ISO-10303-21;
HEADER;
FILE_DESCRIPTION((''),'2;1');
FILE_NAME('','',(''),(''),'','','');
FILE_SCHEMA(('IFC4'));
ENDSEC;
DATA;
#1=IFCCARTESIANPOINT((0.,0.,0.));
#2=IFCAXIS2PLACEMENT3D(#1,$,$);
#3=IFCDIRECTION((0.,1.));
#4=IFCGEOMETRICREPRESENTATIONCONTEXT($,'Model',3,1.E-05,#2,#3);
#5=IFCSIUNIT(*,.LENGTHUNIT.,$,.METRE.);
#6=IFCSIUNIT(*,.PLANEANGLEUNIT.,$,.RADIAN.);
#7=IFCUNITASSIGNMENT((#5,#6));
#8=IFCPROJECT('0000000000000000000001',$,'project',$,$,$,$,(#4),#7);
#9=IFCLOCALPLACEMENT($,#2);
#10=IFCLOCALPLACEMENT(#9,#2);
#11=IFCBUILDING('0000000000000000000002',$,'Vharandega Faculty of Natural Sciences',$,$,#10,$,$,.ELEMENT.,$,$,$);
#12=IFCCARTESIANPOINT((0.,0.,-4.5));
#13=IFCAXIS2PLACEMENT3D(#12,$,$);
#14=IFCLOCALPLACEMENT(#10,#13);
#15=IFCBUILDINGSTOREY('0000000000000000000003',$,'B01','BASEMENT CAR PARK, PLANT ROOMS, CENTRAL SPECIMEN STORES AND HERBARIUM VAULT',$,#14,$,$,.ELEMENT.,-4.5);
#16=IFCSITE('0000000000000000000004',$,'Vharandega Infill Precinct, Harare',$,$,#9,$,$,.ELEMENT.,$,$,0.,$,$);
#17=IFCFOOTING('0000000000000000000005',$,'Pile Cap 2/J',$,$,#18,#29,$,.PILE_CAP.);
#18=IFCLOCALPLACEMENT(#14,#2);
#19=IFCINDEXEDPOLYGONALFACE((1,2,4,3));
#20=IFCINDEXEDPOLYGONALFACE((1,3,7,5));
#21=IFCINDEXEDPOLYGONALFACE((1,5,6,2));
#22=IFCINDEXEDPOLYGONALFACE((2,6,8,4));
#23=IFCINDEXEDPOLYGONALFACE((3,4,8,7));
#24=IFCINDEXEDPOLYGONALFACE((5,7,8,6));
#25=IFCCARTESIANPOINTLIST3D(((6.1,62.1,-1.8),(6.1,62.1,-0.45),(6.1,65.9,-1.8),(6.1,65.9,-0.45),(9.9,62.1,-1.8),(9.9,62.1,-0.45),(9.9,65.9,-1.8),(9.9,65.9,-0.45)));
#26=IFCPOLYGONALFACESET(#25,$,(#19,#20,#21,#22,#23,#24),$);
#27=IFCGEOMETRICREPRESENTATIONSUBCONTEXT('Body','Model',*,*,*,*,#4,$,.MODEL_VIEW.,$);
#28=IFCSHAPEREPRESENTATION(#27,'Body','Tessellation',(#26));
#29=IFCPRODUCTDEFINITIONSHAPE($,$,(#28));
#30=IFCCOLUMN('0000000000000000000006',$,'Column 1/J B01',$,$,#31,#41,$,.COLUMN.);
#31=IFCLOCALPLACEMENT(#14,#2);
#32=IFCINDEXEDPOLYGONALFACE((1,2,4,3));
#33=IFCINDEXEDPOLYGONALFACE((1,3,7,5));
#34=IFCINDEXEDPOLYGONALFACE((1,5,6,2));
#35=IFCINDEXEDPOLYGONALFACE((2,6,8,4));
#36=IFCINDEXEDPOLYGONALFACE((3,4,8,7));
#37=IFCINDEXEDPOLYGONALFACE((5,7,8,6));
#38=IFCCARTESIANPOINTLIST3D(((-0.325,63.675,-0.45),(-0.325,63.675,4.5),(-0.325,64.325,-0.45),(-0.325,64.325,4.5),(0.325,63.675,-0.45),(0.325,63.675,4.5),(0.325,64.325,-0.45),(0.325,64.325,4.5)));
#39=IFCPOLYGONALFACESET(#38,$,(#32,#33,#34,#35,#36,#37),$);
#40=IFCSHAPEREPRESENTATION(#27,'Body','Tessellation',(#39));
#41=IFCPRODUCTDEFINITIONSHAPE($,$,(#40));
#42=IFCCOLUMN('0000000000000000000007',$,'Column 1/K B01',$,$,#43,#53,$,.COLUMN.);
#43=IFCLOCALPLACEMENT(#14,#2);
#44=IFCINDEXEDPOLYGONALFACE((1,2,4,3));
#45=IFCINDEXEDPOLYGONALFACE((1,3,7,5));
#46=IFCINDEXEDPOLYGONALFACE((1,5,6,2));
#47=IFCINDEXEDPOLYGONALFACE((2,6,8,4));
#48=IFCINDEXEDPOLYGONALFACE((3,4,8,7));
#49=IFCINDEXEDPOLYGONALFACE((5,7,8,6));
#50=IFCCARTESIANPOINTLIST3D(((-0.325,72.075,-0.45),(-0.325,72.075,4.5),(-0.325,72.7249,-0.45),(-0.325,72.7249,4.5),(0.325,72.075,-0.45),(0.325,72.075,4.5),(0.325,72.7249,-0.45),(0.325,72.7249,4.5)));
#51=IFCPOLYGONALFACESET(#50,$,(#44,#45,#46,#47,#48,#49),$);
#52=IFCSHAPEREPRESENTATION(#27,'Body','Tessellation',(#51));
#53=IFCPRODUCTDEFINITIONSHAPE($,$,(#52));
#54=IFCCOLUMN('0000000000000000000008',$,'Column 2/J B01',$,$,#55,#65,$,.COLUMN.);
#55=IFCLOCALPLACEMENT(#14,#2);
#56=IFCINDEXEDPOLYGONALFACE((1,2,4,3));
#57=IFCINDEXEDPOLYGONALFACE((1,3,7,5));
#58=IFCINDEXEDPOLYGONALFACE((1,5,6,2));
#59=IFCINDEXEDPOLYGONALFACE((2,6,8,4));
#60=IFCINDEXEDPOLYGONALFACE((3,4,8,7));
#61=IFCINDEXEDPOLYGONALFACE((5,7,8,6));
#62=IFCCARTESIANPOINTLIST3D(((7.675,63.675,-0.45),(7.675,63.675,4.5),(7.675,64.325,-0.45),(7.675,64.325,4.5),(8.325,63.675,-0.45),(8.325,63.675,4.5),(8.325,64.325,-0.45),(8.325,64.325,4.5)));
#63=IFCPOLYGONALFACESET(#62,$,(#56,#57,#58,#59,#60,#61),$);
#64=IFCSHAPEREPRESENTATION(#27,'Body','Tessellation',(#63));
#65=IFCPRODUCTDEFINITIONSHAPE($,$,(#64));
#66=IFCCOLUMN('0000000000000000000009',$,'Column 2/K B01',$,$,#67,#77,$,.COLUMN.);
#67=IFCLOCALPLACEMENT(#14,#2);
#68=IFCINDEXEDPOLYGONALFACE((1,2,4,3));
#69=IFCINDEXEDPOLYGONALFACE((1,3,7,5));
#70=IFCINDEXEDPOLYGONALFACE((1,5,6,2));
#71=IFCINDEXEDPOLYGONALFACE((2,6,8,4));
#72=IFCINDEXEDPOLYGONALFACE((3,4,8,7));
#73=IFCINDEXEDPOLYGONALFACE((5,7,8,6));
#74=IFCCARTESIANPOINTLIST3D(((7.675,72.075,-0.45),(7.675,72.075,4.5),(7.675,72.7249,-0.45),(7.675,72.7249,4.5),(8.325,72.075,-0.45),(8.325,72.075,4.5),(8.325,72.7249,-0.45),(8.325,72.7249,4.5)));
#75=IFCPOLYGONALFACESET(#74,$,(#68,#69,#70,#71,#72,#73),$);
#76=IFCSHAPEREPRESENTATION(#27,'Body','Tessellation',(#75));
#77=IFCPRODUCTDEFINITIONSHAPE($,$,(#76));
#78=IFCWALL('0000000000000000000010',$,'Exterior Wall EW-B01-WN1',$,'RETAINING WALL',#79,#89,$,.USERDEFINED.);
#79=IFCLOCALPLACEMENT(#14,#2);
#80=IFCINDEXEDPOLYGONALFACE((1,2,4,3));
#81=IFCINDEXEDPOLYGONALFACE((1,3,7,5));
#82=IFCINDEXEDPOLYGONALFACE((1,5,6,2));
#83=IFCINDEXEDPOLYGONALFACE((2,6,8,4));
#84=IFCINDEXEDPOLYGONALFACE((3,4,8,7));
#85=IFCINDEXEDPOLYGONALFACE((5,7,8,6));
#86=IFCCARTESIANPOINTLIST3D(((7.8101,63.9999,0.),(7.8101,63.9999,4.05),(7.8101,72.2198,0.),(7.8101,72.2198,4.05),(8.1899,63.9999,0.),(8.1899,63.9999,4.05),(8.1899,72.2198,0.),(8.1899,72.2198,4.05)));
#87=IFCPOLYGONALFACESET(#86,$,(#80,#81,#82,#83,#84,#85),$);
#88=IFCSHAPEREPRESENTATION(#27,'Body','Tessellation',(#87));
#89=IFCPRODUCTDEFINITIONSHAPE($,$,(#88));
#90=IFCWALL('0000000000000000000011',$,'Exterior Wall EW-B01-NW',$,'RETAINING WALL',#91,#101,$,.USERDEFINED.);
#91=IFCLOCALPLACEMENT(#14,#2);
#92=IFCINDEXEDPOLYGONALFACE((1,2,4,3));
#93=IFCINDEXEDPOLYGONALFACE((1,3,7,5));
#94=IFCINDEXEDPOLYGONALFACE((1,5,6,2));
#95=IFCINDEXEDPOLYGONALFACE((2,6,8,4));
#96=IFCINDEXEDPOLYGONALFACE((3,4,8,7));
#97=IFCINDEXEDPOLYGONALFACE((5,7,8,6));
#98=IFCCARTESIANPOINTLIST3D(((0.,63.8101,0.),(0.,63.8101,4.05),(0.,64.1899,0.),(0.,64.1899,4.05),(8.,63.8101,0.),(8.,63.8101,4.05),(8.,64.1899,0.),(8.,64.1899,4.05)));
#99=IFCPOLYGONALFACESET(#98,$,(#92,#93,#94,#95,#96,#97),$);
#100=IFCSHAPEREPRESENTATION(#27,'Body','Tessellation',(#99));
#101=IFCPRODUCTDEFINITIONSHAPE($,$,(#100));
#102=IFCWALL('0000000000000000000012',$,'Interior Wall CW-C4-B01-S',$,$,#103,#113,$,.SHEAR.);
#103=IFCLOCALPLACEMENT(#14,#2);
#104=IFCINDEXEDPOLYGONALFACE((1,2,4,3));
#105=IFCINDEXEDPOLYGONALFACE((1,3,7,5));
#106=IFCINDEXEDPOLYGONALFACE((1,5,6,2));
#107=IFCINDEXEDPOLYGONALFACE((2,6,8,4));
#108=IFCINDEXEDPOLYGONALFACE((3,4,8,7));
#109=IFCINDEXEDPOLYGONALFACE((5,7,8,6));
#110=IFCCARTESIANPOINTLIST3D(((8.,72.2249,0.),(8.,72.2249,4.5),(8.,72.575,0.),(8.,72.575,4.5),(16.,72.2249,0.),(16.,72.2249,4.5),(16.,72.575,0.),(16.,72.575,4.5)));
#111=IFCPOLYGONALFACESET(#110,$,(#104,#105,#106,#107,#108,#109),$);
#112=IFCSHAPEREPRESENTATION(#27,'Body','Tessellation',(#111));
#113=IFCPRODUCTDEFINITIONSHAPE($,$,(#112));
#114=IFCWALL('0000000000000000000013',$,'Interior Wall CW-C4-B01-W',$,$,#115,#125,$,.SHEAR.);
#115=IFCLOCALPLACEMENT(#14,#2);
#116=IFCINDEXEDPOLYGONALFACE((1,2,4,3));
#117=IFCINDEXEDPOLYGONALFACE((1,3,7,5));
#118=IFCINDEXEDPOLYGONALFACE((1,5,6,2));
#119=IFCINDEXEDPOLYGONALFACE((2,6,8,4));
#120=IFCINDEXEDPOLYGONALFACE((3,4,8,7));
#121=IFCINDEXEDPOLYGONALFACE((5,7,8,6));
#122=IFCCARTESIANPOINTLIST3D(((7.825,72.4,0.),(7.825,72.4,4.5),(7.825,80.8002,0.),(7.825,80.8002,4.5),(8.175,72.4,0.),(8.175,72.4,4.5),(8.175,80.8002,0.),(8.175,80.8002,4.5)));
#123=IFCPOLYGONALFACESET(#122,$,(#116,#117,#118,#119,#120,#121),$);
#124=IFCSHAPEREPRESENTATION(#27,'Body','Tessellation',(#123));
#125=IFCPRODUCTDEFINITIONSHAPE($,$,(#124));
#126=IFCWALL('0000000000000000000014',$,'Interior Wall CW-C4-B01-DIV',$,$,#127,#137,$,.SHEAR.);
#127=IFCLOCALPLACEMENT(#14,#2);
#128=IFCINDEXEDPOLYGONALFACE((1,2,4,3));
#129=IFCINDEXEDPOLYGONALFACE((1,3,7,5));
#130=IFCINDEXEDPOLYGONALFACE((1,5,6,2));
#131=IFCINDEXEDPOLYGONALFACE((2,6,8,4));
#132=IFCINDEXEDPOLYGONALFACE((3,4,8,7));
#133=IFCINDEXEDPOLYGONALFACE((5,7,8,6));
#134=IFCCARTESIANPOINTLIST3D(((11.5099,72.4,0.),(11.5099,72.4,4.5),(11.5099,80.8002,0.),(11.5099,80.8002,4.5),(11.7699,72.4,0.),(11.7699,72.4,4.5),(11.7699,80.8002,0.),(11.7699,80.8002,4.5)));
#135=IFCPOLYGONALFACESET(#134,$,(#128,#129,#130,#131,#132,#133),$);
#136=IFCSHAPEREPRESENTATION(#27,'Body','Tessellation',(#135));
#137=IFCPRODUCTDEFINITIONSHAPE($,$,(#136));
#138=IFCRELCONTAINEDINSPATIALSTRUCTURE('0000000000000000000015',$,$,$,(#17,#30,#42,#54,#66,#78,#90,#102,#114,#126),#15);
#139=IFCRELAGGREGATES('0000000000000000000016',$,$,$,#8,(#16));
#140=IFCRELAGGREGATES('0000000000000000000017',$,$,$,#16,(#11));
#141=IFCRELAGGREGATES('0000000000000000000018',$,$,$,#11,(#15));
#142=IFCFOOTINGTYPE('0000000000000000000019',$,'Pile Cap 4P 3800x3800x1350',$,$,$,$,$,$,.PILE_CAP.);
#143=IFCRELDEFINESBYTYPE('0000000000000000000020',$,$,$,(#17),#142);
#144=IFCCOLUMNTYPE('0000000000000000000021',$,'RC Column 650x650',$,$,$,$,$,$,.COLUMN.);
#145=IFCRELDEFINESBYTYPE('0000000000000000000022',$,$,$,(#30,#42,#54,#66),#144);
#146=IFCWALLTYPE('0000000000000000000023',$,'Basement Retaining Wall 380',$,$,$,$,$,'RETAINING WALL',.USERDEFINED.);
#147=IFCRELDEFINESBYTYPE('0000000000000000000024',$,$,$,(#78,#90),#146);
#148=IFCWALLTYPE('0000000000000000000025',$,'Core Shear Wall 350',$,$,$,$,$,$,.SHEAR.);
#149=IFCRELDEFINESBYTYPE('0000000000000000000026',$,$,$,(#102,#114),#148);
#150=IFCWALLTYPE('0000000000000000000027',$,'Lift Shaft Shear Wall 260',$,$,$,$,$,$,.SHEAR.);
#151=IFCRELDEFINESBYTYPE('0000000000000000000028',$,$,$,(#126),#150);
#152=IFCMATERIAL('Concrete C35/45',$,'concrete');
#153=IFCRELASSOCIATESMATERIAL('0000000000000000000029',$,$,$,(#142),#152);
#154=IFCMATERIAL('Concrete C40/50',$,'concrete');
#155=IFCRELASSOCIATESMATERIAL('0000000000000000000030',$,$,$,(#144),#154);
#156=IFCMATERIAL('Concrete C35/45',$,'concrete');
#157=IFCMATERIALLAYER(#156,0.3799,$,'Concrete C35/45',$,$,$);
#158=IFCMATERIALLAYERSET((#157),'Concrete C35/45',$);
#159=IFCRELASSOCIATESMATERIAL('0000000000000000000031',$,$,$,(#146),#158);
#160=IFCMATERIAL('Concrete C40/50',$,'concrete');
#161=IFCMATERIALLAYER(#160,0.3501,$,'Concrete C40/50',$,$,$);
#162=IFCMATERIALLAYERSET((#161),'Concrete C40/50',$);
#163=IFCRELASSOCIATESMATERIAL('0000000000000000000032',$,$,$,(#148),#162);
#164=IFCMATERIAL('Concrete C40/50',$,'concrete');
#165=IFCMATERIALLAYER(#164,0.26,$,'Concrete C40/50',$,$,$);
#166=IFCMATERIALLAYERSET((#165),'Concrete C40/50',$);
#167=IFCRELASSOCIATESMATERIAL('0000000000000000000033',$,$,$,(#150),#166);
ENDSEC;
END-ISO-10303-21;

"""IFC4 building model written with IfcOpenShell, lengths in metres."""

from ifc_helpers import new_model, si_unit, direction, frame, frame_2d, origin, origin_2d, place, context, subcontext, project, spatial, rectangle, extrude, material, layer, layer_set, material_profile, profile_set, type_object, element, save


model = new_model("IFC4")

# Units and contexts
model_context = context("Model", 3, precision=1e-05, world=origin(), true_north=direction((0.0, 1.0)))
body_context = subcontext(model_context, "Body", "Model", "MODEL_VIEW")
ifc_project = project(units=[si_unit("LENGTHUNIT", "METRE"), si_unit("PLANEANGLEUNIT", "RADIAN")], contexts=[model_context])

# Site, building, storey
site_placement = place(None, origin())
site = spatial("IfcSite", under=ifc_project, at=site_placement, Name="Vharandega Infill Precinct, Harare", CompositionType="ELEMENT", RefElevation=0.0)
building_placement = place(site_placement, origin())
building = spatial("IfcBuilding", under=site, at=building_placement, Name="Vharandega Faculty of Natural Sciences", CompositionType="ELEMENT")
storey_placement = place(building_placement, frame((0.0, 0.0, -4.5)))
storey = spatial("IfcBuildingStorey", under=building, at=storey_placement, Name="B01", Description="BASEMENT CAR PARK, PLANT ROOMS, CENTRAL SPECIMEN STORES AND HERBARIUM VAULT", CompositionType="ELEMENT", Elevation=-4.5)

# Footing
ifc_material_1 = material(Name="Concrete C35/45", Category="concrete")
footing_type_1 = type_object("IfcFootingType", Name="Pile Cap 4P 3800x3800x1350", PredefinedType="PILE_CAP", material=ifc_material_1)
footing_1_placement = place(storey_placement, frame((8.0, 64.0, -1.8), z_axis=(0.0, 0.0, 1.0), x_axis=(1.0, 0.0, 0.0)))
element("IfcFooting", 1, at=footing_1_placement, inside=storey, type_object=footing_type_1, Name="Pile Cap 2/J", PredefinedType="PILE_CAP", context=body_context, shape_type="SweptSolid", body=[
    extrude(rectangle(XDim=3.8, YDim=3.8, at=origin_2d()), origin(), (0.0, 0.0, 1.0), 1.3501),
])

# Columns
ifc_material_2 = material(Name="Concrete C40/50", Category="concrete")
ifc_material_profile_1 = material_profile(ifc_material_2, rectangle(XDim=0.6499, YDim=0.6499, at=origin_2d()), Name="RC 650x650")
ifc_profile_set_1 = profile_set([ifc_material_profile_1], Name="Concrete C40/50")
column_type = type_object("IfcColumnType", Name="RC Column 650x650", PredefinedType="COLUMN", material=ifc_profile_set_1)
for number, where, z_axis, x_axis, name in (
    (2, (0.0, 64.0, -0.45), (0.0, 0.0, 1.0), (1.0, 0.0, 0.0), "Column 1/J B01"),
    (3, (0.0, 72.3999, -0.45), (0.0, 0.0, 1.0), (1.0, 0.0, 0.0), "Column 1/K B01"),
    (4, (8.0, 64.0, -0.45), (0.0, 0.0, 1.0), (1.0, 0.0, 0.0), "Column 2/J B01"),
    (5, (8.0, 72.3999, -0.45), (0.0, 0.0, 1.0), (1.0, 0.0, 0.0), "Column 2/K B01"),
):
    element("IfcColumn", number, at=place(storey_placement, frame(where, z_axis=z_axis, x_axis=x_axis)), inside=storey, type_object=column_type, Name=name, PredefinedType="COLUMN", context=body_context, shape_type="SweptSolid", body=[
        extrude(rectangle(XDim=0.6499, YDim=0.6499, at=origin_2d()), origin(), (0.0, 0.0, 1.0), 4.95),
    ])

# Walls
ifc_material_3 = material(Name="Concrete C35/45", Category="concrete")
ifc_layer_1 = layer(ifc_material_3, 0.3799, Name="Concrete C35/45")
ifc_layer_set_1 = layer_set([ifc_layer_1], Name="Concrete C35/45")
wall_type_1 = type_object("IfcWallType", Name="Basement Retaining Wall 380", ElementType="RETAINING WALL", PredefinedType="USERDEFINED", material=ifc_layer_set_1)
wall_1_placement = place(storey_placement, frame((8.0, 64.0, 0.0), z_axis=(0.0, 0.0, 1.0), x_axis=(0.0, 1.0, 0.0)))
element("IfcWall", 6, at=wall_1_placement, inside=storey, type_object=wall_type_1, Name="Exterior Wall EW-B01-WN1", ObjectType="RETAINING WALL", PredefinedType="USERDEFINED", context=body_context, shape_type="SweptSolid", body=[
    extrude(rectangle(XDim=8.22, YDim=0.3799, at=frame_2d((4.1099, 0.0))), origin(), (0.0, 0.0, 1.0), 4.05),
])
wall_2_placement = place(storey_placement, frame((0.0, 64.0, 0.0), z_axis=(0.0, 0.0, 1.0), x_axis=(1.0, 0.0, 0.0)))
element("IfcWall", 7, at=wall_2_placement, inside=storey, type_object=wall_type_1, Name="Exterior Wall EW-B01-NW", ObjectType="RETAINING WALL", PredefinedType="USERDEFINED", context=body_context, shape_type="SweptSolid", body=[
    extrude(rectangle(XDim=8.0, YDim=0.3799, at=frame_2d((4.0, 0.0))), origin(), (0.0, 0.0, 1.0), 4.05),
])
ifc_material_4 = material(Name="Concrete C40/50", Category="concrete")
ifc_layer_2 = layer(ifc_material_4, 0.3501, Name="Concrete C40/50")
ifc_layer_set_2 = layer_set([ifc_layer_2], Name="Concrete C40/50")
wall_type_2 = type_object("IfcWallType", Name="Core Shear Wall 350", PredefinedType="SHEAR", material=ifc_layer_set_2)
wall_3_placement = place(storey_placement, frame((8.0, 72.3999, 0.0), z_axis=(0.0, 0.0, 1.0), x_axis=(1.0, 0.0, 0.0)))
element("IfcWall", 8, at=wall_3_placement, inside=storey, type_object=wall_type_2, Name="Interior Wall CW-C4-B01-S", PredefinedType="SHEAR", context=body_context, shape_type="SweptSolid", body=[
    extrude(rectangle(XDim=8.0, YDim=0.3501, at=frame_2d((4.0, 0.0))), origin(), (0.0, 0.0, 1.0), 4.5),
])
wall_4_placement = place(storey_placement, frame((8.0, 72.3999, 0.0), z_axis=(0.0, 0.0, 1.0), x_axis=(0.0, 1.0, 0.0)))
element("IfcWall", 9, at=wall_4_placement, inside=storey, type_object=wall_type_2, Name="Interior Wall CW-C4-B01-W", PredefinedType="SHEAR", context=body_context, shape_type="SweptSolid", body=[
    extrude(rectangle(XDim=8.4001, YDim=0.3501, at=frame_2d((4.2002, 0.0))), origin(), (0.0, 0.0, 1.0), 4.5),
])
ifc_material_5 = material(Name="Concrete C40/50", Category="concrete")
ifc_layer_3 = layer(ifc_material_5, 0.26, Name="Concrete C40/50")
ifc_layer_set_3 = layer_set([ifc_layer_3], Name="Concrete C40/50")
wall_type_3 = type_object("IfcWallType", Name="Lift Shaft Shear Wall 260", PredefinedType="SHEAR", material=ifc_layer_set_3)
wall_5_placement = place(storey_placement, frame((11.6399, 72.3999, 0.0), z_axis=(0.0, 0.0, 1.0), x_axis=(0.0, 1.0, 0.0)))
element("IfcWall", 10, at=wall_5_placement, inside=storey, type_object=wall_type_3, Name="Interior Wall CW-C4-B01-DIV", PredefinedType="SHEAR", context=body_context, shape_type="SweptSolid", body=[
    extrude(rectangle(XDim=8.4001, YDim=0.26, at=frame_2d((4.2002, 0.0))), origin(), (0.0, 0.0, 1.0), 4.5),
])

save(model, "model.ifc")
